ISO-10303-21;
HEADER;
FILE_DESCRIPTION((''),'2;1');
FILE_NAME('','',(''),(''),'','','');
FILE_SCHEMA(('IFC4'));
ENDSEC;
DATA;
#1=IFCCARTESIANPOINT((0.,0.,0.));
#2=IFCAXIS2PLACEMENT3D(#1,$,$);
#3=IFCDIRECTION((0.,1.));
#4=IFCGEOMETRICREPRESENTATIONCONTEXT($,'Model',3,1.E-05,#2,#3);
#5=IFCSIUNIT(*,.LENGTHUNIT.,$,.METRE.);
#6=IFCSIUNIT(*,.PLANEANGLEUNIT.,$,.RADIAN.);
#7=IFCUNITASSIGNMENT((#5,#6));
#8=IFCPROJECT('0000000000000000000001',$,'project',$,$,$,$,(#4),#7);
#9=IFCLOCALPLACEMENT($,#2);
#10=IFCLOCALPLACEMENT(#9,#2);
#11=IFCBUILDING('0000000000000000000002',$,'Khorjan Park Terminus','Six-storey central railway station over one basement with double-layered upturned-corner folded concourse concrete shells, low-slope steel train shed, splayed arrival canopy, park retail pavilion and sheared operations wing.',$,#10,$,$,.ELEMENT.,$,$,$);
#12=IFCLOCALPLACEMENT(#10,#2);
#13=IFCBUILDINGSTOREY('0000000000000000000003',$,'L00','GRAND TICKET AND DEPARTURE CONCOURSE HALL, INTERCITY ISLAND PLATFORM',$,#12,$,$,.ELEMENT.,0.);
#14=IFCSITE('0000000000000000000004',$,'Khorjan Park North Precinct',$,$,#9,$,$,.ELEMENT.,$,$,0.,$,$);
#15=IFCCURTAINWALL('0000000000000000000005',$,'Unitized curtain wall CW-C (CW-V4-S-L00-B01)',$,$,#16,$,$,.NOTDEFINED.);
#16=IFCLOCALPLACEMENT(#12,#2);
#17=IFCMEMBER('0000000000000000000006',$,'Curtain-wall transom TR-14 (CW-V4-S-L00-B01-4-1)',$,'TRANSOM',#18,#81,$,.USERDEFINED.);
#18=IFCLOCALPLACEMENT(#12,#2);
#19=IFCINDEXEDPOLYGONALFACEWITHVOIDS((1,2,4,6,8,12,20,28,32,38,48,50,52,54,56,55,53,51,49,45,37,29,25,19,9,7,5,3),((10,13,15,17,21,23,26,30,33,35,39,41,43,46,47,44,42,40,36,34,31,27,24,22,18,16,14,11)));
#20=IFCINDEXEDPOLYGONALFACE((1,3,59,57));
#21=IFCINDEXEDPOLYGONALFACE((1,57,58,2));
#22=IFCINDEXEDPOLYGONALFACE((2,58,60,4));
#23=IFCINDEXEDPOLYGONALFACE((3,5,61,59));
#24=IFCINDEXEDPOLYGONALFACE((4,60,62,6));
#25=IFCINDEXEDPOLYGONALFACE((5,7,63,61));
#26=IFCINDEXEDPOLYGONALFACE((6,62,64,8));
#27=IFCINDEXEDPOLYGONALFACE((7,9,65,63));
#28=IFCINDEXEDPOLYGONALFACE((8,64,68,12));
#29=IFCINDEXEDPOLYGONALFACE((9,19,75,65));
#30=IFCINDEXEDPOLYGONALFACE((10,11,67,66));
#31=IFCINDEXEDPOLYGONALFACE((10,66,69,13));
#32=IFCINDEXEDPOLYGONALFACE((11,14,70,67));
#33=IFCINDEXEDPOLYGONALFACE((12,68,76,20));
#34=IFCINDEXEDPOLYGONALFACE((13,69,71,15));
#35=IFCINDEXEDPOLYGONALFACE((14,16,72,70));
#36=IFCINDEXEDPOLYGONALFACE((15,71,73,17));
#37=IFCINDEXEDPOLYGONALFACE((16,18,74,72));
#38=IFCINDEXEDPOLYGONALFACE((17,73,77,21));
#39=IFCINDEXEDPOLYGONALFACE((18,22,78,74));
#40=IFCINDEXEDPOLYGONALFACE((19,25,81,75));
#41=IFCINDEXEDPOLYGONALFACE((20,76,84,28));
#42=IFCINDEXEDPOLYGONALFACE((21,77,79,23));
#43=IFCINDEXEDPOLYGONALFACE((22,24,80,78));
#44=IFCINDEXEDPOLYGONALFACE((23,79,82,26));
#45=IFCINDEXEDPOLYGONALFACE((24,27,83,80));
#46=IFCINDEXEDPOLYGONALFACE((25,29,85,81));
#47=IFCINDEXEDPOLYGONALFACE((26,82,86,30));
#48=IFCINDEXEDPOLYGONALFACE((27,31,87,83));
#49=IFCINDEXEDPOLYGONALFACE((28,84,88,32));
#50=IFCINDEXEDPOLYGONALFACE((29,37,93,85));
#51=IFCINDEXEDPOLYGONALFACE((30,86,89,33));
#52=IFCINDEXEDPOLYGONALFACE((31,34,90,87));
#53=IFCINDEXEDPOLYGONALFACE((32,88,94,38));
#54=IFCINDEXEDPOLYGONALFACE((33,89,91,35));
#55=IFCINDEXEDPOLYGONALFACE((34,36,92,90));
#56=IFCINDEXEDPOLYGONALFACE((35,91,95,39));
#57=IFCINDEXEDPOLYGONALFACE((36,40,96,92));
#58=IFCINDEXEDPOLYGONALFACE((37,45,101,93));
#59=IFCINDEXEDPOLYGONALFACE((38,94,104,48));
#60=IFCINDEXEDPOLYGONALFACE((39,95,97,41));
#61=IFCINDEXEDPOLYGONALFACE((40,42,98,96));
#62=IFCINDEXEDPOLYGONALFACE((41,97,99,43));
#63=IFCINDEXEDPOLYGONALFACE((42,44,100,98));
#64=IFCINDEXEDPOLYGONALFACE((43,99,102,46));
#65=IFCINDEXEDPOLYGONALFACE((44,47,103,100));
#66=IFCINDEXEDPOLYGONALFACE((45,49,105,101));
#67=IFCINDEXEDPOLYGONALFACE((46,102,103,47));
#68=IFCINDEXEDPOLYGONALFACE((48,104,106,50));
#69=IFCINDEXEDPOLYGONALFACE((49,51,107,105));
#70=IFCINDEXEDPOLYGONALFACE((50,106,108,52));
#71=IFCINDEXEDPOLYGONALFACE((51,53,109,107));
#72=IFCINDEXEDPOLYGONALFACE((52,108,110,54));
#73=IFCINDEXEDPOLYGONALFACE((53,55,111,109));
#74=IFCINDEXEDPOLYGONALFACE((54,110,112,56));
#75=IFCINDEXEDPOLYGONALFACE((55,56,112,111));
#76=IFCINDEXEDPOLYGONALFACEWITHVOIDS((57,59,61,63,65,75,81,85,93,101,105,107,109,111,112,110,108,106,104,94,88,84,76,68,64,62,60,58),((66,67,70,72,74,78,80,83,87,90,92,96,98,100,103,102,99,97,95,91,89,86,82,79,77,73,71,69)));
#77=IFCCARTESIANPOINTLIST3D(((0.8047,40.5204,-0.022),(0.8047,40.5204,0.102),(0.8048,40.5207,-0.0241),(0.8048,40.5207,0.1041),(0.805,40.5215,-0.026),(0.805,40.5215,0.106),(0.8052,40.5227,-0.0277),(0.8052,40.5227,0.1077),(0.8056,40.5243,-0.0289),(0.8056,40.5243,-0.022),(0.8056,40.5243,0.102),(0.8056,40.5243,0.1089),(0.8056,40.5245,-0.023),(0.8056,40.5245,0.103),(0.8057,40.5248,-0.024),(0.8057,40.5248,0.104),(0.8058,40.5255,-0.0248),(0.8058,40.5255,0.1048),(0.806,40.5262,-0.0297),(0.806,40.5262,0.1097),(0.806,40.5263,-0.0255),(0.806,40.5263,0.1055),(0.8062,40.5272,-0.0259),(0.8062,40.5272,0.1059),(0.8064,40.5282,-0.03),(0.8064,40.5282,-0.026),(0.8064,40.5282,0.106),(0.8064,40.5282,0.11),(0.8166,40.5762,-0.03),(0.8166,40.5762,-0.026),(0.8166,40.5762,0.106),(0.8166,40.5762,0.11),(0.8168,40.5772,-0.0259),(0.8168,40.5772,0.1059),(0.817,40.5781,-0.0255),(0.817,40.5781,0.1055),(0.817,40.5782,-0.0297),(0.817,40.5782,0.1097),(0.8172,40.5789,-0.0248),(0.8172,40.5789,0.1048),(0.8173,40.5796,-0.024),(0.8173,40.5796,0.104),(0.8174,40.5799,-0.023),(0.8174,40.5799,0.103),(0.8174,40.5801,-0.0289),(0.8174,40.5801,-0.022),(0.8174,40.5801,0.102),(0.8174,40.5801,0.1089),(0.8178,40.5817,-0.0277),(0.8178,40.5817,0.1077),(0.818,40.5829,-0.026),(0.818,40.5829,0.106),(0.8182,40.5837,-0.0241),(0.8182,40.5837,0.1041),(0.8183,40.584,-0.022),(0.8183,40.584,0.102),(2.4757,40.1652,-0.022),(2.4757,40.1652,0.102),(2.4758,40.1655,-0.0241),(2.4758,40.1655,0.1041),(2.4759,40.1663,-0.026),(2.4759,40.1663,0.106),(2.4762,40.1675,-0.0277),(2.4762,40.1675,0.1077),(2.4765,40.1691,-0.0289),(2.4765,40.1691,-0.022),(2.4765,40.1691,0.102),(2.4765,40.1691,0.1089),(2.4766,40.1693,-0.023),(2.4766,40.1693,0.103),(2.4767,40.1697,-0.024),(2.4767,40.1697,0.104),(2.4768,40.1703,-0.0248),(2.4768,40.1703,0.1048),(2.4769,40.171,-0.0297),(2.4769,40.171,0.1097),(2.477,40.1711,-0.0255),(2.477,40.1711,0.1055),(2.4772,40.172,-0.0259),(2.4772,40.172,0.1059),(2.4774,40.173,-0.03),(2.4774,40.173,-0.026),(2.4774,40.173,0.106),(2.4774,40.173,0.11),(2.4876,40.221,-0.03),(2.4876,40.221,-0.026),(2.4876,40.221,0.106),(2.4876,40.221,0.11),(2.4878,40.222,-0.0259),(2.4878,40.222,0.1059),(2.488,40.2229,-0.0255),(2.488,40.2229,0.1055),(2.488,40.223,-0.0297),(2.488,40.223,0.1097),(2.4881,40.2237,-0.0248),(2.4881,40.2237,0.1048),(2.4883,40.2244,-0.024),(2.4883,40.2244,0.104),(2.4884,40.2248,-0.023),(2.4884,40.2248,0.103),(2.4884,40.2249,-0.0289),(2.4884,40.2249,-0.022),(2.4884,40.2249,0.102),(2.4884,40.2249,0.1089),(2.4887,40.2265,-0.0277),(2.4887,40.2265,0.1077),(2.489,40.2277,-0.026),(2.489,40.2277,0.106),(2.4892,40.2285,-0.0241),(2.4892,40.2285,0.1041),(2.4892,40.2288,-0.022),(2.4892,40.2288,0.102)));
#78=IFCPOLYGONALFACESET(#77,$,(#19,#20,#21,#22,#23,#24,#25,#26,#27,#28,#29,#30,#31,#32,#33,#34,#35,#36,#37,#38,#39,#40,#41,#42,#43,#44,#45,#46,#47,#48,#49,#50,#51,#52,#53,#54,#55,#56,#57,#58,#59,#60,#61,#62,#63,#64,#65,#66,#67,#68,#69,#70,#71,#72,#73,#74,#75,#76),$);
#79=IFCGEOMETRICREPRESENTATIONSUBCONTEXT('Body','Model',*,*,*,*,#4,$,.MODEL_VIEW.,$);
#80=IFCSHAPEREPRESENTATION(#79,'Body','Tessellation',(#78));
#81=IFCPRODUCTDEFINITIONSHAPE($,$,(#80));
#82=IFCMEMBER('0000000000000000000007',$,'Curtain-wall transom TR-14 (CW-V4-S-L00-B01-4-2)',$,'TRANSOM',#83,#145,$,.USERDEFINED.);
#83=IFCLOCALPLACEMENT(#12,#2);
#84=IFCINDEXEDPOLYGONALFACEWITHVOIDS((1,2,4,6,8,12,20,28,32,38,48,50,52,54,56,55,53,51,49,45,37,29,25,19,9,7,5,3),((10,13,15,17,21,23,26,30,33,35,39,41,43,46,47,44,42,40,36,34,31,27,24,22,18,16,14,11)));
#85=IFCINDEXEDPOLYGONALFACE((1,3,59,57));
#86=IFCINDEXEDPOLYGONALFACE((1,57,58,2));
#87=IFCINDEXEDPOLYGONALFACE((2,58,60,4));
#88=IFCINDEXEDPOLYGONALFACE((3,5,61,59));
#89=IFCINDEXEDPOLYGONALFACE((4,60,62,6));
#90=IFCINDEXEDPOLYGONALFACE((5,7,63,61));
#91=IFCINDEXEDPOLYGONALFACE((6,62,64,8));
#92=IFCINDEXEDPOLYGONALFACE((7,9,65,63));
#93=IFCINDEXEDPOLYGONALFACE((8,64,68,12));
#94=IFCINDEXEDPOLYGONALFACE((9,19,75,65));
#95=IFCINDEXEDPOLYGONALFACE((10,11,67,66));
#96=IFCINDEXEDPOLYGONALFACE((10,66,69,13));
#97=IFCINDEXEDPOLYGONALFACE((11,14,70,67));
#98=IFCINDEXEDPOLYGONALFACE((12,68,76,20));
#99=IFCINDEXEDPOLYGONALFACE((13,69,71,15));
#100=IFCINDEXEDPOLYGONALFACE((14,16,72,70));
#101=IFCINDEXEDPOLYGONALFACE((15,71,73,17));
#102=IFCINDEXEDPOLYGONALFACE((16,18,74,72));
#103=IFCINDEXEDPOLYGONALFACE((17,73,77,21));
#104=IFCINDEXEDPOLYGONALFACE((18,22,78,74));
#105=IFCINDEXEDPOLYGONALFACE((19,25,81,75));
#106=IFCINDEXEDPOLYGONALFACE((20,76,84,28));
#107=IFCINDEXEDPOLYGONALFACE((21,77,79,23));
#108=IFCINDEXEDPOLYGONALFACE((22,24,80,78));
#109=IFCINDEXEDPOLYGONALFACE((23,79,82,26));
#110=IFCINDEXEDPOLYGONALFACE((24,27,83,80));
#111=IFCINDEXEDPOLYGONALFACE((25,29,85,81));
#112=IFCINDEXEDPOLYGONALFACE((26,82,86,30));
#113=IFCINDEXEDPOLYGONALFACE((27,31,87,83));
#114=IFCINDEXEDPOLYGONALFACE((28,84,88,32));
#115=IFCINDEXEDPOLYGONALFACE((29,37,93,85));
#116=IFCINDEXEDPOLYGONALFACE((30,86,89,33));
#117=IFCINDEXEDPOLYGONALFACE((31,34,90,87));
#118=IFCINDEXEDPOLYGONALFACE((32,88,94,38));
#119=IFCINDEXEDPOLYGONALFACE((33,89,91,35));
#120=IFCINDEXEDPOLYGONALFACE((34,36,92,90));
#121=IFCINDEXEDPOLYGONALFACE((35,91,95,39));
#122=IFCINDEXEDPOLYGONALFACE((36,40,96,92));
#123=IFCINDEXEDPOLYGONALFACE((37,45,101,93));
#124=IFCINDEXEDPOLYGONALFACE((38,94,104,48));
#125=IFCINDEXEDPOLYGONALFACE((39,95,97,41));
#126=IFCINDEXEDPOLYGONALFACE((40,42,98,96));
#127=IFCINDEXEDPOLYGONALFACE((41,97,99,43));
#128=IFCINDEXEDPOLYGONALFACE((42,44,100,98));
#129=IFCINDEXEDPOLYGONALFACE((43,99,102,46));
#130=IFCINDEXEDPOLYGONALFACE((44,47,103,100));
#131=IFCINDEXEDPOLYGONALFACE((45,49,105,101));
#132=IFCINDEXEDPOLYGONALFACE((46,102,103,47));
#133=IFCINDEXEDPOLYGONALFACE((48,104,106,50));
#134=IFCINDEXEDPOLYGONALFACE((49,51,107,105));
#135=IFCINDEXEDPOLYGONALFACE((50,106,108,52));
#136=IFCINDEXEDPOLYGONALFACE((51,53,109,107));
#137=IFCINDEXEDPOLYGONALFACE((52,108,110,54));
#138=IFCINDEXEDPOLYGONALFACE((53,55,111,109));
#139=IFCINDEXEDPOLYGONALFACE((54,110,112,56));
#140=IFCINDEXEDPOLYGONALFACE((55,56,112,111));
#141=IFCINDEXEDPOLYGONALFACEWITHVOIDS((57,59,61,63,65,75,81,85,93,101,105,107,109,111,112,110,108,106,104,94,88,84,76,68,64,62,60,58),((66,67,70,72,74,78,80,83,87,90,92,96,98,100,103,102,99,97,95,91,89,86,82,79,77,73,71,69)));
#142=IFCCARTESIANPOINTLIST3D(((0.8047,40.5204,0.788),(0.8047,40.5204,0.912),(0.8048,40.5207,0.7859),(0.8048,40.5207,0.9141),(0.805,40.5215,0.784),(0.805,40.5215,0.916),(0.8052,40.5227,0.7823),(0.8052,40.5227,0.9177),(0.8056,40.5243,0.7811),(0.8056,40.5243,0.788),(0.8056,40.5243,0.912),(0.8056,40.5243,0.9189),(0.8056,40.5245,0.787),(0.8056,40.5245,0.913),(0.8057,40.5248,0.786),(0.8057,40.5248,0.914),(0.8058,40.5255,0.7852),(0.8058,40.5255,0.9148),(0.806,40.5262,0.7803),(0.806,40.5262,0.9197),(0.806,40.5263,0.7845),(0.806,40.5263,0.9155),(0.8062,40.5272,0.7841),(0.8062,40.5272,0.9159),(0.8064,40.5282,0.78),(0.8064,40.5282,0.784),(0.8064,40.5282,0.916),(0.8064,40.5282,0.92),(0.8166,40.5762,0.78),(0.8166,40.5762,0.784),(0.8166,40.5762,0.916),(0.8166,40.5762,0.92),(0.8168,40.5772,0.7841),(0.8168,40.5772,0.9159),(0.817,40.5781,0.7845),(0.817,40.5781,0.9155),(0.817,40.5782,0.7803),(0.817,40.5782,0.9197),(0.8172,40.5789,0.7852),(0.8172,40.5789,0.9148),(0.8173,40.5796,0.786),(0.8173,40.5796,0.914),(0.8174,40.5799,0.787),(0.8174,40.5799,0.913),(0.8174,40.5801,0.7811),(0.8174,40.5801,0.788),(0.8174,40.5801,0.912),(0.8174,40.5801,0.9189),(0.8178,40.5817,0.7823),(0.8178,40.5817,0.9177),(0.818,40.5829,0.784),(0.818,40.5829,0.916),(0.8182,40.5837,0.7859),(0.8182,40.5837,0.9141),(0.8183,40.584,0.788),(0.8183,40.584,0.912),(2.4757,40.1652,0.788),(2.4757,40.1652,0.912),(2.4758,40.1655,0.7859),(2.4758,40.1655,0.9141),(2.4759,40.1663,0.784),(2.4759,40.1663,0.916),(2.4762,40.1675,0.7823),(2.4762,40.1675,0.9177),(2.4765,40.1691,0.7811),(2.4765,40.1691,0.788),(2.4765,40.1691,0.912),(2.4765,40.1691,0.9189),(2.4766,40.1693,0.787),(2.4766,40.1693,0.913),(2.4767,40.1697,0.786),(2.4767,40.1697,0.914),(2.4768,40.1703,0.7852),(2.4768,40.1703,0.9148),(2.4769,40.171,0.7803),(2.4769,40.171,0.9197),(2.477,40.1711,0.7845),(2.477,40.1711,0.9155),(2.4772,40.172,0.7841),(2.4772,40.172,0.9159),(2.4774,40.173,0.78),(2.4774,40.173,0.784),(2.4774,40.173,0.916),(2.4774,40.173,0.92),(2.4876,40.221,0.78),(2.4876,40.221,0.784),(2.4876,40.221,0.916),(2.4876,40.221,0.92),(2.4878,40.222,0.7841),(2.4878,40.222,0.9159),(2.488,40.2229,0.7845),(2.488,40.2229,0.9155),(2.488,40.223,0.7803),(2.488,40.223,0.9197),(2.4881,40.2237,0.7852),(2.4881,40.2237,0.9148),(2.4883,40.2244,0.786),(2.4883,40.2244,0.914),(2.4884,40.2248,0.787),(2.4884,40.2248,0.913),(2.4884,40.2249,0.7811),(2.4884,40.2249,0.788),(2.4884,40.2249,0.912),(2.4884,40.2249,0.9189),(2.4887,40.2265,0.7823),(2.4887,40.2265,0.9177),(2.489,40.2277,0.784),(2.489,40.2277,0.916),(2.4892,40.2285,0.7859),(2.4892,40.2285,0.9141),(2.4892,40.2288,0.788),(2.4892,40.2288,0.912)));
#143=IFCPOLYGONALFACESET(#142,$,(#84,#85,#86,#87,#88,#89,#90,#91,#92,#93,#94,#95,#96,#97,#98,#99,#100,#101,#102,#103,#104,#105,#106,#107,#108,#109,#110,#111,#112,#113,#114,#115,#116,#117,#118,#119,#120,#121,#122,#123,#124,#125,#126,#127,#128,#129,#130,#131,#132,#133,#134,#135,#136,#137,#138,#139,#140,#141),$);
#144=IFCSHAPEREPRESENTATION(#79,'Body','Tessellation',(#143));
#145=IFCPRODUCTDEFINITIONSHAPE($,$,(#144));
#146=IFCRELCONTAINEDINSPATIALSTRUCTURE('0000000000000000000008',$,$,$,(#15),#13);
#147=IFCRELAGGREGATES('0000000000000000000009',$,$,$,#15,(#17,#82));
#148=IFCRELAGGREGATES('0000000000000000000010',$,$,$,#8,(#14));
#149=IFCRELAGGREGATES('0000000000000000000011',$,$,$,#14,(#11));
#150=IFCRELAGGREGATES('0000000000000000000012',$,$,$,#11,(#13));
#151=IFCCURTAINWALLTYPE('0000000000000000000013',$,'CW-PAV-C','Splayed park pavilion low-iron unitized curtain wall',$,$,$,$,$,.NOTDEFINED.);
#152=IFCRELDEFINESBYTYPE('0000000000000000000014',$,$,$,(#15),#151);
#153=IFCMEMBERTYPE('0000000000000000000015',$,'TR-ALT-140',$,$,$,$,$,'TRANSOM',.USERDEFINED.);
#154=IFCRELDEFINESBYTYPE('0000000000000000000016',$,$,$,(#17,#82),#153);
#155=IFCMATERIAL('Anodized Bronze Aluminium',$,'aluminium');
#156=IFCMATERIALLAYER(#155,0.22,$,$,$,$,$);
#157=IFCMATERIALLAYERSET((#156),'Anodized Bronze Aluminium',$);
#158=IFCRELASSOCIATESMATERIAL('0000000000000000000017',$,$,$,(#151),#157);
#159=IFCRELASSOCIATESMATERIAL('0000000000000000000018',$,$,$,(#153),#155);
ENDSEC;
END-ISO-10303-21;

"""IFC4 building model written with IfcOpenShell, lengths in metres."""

from ifc_helpers import new_model, si_unit, direction, frame, origin, origin_2d, place, context, subcontext, project, spatial, hollow_rectangle, extrude, material, layer, layer_set, material_profile, profile_set, type_object, element, aggregate, save


model = new_model("IFC4")

# Units and contexts
model_context = context("Model", 3, precision=1e-05, world=origin(), true_north=direction((0.0, 1.0)))
body_context = subcontext(model_context, "Body", "Model", "MODEL_VIEW")
ifc_project = project(units=[si_unit("LENGTHUNIT", "METRE"), si_unit("PLANEANGLEUNIT", "RADIAN")], contexts=[model_context])

# Site, building, storey
site_placement = place(None, origin())
site = spatial("IfcSite", under=ifc_project, at=site_placement, Name="Khorjan Park North Precinct", CompositionType="ELEMENT", RefElevation=0.0)
building_placement = place(site_placement, origin())
building = spatial("IfcBuilding", under=site, at=building_placement, Name="Khorjan Park Terminus", Description="Six-storey central railway station over one basement with double-layered upturned-corner folded concourse concrete shells, low-slope steel train shed, splayed arrival canopy, park retail pavilion and sheared operations wing.", CompositionType="ELEMENT")
storey_placement = place(building_placement, origin())
storey = spatial("IfcBuildingStorey", under=building, at=storey_placement, Name="L00", Description="GRAND TICKET AND DEPARTURE CONCOURSE HALL, INTERCITY ISLAND PLATFORM", CompositionType="ELEMENT", Elevation=0.0)

# Curtain wall, members
ifc_material_1 = material(Name="Anodized Bronze Aluminium", Category="aluminium")
ifc_layer_1 = layer(ifc_material_1, 0.22)
ifc_layer_set_1 = layer_set([ifc_layer_1], Name="Anodized Bronze Aluminium")
curtain_wall_type = type_object("IfcCurtainWallType", Name="CW-PAV-C", Description="Splayed park pavilion low-iron unitized curtain wall", PredefinedType="NOTDEFINED", material=ifc_layer_set_1)
curtain_wall_placement = place(storey_placement, origin())
curtain_wall = element("IfcCurtainWall", 1, at=curtain_wall_placement, inside=storey, type_object=curtain_wall_type, Name="Unitized curtain wall CW-C (CW-V4-S-L00-B01)", PredefinedType="NOTDEFINED")
ifc_material_profile_1 = material_profile(ifc_material_1, hollow_rectangle(XDim=0.065, YDim=0.14, WallThickness=0.004, InnerFilletRadius=0.004, OuterFilletRadius=0.008, at=origin_2d()), Name="ALT 65x140x4")
ifc_profile_set_1 = profile_set([ifc_material_profile_1], Name="Anodized Bronze Aluminium")
member_type_1 = type_object("IfcMemberType", Name="TR-ALT-140", ElementType="TRANSOM", PredefinedType="USERDEFINED", material=ifc_profile_set_1)
member_1_placement = place(storey_placement, frame((0.8115, 40.5522, 0.04), z_axis=(0.978145, -0.207922, 0.0), x_axis=(0.207922, 0.978145, 0.0)))
member_1 = element("IfcMember", 2, at=member_1_placement, type_object=member_type_1, Name="Curtain-wall transom TR-14 (CW-V4-S-L00-B01-4-1)", ObjectType="TRANSOM", PredefinedType="USERDEFINED", context=body_context, shape_type="SweptSolid", body=[
    extrude(hollow_rectangle(XDim=0.065, YDim=0.14, WallThickness=0.004, InnerFilletRadius=0.004, OuterFilletRadius=0.008, at=origin_2d()), origin(), (0.0, 0.0, 1.0), 1.7083),
])
member_2_placement = place(storey_placement, frame((0.8115, 40.5522, 0.85), z_axis=(0.978145, -0.207922, 0.0), x_axis=(0.207922, 0.978145, 0.0)))
member_2 = element("IfcMember", 3, at=member_2_placement, type_object=member_type_1, Name="Curtain-wall transom TR-14 (CW-V4-S-L00-B01-4-2)", ObjectType="TRANSOM", PredefinedType="USERDEFINED", context=body_context, shape_type="SweptSolid", body=[
    extrude(hollow_rectangle(XDim=0.065, YDim=0.14, WallThickness=0.004, InnerFilletRadius=0.004, OuterFilletRadius=0.008, at=origin_2d()), origin(), (0.0, 0.0, 1.0), 1.7083),
])
aggregate(curtain_wall, [member_1, member_2])

save(model, "model.ifc")
